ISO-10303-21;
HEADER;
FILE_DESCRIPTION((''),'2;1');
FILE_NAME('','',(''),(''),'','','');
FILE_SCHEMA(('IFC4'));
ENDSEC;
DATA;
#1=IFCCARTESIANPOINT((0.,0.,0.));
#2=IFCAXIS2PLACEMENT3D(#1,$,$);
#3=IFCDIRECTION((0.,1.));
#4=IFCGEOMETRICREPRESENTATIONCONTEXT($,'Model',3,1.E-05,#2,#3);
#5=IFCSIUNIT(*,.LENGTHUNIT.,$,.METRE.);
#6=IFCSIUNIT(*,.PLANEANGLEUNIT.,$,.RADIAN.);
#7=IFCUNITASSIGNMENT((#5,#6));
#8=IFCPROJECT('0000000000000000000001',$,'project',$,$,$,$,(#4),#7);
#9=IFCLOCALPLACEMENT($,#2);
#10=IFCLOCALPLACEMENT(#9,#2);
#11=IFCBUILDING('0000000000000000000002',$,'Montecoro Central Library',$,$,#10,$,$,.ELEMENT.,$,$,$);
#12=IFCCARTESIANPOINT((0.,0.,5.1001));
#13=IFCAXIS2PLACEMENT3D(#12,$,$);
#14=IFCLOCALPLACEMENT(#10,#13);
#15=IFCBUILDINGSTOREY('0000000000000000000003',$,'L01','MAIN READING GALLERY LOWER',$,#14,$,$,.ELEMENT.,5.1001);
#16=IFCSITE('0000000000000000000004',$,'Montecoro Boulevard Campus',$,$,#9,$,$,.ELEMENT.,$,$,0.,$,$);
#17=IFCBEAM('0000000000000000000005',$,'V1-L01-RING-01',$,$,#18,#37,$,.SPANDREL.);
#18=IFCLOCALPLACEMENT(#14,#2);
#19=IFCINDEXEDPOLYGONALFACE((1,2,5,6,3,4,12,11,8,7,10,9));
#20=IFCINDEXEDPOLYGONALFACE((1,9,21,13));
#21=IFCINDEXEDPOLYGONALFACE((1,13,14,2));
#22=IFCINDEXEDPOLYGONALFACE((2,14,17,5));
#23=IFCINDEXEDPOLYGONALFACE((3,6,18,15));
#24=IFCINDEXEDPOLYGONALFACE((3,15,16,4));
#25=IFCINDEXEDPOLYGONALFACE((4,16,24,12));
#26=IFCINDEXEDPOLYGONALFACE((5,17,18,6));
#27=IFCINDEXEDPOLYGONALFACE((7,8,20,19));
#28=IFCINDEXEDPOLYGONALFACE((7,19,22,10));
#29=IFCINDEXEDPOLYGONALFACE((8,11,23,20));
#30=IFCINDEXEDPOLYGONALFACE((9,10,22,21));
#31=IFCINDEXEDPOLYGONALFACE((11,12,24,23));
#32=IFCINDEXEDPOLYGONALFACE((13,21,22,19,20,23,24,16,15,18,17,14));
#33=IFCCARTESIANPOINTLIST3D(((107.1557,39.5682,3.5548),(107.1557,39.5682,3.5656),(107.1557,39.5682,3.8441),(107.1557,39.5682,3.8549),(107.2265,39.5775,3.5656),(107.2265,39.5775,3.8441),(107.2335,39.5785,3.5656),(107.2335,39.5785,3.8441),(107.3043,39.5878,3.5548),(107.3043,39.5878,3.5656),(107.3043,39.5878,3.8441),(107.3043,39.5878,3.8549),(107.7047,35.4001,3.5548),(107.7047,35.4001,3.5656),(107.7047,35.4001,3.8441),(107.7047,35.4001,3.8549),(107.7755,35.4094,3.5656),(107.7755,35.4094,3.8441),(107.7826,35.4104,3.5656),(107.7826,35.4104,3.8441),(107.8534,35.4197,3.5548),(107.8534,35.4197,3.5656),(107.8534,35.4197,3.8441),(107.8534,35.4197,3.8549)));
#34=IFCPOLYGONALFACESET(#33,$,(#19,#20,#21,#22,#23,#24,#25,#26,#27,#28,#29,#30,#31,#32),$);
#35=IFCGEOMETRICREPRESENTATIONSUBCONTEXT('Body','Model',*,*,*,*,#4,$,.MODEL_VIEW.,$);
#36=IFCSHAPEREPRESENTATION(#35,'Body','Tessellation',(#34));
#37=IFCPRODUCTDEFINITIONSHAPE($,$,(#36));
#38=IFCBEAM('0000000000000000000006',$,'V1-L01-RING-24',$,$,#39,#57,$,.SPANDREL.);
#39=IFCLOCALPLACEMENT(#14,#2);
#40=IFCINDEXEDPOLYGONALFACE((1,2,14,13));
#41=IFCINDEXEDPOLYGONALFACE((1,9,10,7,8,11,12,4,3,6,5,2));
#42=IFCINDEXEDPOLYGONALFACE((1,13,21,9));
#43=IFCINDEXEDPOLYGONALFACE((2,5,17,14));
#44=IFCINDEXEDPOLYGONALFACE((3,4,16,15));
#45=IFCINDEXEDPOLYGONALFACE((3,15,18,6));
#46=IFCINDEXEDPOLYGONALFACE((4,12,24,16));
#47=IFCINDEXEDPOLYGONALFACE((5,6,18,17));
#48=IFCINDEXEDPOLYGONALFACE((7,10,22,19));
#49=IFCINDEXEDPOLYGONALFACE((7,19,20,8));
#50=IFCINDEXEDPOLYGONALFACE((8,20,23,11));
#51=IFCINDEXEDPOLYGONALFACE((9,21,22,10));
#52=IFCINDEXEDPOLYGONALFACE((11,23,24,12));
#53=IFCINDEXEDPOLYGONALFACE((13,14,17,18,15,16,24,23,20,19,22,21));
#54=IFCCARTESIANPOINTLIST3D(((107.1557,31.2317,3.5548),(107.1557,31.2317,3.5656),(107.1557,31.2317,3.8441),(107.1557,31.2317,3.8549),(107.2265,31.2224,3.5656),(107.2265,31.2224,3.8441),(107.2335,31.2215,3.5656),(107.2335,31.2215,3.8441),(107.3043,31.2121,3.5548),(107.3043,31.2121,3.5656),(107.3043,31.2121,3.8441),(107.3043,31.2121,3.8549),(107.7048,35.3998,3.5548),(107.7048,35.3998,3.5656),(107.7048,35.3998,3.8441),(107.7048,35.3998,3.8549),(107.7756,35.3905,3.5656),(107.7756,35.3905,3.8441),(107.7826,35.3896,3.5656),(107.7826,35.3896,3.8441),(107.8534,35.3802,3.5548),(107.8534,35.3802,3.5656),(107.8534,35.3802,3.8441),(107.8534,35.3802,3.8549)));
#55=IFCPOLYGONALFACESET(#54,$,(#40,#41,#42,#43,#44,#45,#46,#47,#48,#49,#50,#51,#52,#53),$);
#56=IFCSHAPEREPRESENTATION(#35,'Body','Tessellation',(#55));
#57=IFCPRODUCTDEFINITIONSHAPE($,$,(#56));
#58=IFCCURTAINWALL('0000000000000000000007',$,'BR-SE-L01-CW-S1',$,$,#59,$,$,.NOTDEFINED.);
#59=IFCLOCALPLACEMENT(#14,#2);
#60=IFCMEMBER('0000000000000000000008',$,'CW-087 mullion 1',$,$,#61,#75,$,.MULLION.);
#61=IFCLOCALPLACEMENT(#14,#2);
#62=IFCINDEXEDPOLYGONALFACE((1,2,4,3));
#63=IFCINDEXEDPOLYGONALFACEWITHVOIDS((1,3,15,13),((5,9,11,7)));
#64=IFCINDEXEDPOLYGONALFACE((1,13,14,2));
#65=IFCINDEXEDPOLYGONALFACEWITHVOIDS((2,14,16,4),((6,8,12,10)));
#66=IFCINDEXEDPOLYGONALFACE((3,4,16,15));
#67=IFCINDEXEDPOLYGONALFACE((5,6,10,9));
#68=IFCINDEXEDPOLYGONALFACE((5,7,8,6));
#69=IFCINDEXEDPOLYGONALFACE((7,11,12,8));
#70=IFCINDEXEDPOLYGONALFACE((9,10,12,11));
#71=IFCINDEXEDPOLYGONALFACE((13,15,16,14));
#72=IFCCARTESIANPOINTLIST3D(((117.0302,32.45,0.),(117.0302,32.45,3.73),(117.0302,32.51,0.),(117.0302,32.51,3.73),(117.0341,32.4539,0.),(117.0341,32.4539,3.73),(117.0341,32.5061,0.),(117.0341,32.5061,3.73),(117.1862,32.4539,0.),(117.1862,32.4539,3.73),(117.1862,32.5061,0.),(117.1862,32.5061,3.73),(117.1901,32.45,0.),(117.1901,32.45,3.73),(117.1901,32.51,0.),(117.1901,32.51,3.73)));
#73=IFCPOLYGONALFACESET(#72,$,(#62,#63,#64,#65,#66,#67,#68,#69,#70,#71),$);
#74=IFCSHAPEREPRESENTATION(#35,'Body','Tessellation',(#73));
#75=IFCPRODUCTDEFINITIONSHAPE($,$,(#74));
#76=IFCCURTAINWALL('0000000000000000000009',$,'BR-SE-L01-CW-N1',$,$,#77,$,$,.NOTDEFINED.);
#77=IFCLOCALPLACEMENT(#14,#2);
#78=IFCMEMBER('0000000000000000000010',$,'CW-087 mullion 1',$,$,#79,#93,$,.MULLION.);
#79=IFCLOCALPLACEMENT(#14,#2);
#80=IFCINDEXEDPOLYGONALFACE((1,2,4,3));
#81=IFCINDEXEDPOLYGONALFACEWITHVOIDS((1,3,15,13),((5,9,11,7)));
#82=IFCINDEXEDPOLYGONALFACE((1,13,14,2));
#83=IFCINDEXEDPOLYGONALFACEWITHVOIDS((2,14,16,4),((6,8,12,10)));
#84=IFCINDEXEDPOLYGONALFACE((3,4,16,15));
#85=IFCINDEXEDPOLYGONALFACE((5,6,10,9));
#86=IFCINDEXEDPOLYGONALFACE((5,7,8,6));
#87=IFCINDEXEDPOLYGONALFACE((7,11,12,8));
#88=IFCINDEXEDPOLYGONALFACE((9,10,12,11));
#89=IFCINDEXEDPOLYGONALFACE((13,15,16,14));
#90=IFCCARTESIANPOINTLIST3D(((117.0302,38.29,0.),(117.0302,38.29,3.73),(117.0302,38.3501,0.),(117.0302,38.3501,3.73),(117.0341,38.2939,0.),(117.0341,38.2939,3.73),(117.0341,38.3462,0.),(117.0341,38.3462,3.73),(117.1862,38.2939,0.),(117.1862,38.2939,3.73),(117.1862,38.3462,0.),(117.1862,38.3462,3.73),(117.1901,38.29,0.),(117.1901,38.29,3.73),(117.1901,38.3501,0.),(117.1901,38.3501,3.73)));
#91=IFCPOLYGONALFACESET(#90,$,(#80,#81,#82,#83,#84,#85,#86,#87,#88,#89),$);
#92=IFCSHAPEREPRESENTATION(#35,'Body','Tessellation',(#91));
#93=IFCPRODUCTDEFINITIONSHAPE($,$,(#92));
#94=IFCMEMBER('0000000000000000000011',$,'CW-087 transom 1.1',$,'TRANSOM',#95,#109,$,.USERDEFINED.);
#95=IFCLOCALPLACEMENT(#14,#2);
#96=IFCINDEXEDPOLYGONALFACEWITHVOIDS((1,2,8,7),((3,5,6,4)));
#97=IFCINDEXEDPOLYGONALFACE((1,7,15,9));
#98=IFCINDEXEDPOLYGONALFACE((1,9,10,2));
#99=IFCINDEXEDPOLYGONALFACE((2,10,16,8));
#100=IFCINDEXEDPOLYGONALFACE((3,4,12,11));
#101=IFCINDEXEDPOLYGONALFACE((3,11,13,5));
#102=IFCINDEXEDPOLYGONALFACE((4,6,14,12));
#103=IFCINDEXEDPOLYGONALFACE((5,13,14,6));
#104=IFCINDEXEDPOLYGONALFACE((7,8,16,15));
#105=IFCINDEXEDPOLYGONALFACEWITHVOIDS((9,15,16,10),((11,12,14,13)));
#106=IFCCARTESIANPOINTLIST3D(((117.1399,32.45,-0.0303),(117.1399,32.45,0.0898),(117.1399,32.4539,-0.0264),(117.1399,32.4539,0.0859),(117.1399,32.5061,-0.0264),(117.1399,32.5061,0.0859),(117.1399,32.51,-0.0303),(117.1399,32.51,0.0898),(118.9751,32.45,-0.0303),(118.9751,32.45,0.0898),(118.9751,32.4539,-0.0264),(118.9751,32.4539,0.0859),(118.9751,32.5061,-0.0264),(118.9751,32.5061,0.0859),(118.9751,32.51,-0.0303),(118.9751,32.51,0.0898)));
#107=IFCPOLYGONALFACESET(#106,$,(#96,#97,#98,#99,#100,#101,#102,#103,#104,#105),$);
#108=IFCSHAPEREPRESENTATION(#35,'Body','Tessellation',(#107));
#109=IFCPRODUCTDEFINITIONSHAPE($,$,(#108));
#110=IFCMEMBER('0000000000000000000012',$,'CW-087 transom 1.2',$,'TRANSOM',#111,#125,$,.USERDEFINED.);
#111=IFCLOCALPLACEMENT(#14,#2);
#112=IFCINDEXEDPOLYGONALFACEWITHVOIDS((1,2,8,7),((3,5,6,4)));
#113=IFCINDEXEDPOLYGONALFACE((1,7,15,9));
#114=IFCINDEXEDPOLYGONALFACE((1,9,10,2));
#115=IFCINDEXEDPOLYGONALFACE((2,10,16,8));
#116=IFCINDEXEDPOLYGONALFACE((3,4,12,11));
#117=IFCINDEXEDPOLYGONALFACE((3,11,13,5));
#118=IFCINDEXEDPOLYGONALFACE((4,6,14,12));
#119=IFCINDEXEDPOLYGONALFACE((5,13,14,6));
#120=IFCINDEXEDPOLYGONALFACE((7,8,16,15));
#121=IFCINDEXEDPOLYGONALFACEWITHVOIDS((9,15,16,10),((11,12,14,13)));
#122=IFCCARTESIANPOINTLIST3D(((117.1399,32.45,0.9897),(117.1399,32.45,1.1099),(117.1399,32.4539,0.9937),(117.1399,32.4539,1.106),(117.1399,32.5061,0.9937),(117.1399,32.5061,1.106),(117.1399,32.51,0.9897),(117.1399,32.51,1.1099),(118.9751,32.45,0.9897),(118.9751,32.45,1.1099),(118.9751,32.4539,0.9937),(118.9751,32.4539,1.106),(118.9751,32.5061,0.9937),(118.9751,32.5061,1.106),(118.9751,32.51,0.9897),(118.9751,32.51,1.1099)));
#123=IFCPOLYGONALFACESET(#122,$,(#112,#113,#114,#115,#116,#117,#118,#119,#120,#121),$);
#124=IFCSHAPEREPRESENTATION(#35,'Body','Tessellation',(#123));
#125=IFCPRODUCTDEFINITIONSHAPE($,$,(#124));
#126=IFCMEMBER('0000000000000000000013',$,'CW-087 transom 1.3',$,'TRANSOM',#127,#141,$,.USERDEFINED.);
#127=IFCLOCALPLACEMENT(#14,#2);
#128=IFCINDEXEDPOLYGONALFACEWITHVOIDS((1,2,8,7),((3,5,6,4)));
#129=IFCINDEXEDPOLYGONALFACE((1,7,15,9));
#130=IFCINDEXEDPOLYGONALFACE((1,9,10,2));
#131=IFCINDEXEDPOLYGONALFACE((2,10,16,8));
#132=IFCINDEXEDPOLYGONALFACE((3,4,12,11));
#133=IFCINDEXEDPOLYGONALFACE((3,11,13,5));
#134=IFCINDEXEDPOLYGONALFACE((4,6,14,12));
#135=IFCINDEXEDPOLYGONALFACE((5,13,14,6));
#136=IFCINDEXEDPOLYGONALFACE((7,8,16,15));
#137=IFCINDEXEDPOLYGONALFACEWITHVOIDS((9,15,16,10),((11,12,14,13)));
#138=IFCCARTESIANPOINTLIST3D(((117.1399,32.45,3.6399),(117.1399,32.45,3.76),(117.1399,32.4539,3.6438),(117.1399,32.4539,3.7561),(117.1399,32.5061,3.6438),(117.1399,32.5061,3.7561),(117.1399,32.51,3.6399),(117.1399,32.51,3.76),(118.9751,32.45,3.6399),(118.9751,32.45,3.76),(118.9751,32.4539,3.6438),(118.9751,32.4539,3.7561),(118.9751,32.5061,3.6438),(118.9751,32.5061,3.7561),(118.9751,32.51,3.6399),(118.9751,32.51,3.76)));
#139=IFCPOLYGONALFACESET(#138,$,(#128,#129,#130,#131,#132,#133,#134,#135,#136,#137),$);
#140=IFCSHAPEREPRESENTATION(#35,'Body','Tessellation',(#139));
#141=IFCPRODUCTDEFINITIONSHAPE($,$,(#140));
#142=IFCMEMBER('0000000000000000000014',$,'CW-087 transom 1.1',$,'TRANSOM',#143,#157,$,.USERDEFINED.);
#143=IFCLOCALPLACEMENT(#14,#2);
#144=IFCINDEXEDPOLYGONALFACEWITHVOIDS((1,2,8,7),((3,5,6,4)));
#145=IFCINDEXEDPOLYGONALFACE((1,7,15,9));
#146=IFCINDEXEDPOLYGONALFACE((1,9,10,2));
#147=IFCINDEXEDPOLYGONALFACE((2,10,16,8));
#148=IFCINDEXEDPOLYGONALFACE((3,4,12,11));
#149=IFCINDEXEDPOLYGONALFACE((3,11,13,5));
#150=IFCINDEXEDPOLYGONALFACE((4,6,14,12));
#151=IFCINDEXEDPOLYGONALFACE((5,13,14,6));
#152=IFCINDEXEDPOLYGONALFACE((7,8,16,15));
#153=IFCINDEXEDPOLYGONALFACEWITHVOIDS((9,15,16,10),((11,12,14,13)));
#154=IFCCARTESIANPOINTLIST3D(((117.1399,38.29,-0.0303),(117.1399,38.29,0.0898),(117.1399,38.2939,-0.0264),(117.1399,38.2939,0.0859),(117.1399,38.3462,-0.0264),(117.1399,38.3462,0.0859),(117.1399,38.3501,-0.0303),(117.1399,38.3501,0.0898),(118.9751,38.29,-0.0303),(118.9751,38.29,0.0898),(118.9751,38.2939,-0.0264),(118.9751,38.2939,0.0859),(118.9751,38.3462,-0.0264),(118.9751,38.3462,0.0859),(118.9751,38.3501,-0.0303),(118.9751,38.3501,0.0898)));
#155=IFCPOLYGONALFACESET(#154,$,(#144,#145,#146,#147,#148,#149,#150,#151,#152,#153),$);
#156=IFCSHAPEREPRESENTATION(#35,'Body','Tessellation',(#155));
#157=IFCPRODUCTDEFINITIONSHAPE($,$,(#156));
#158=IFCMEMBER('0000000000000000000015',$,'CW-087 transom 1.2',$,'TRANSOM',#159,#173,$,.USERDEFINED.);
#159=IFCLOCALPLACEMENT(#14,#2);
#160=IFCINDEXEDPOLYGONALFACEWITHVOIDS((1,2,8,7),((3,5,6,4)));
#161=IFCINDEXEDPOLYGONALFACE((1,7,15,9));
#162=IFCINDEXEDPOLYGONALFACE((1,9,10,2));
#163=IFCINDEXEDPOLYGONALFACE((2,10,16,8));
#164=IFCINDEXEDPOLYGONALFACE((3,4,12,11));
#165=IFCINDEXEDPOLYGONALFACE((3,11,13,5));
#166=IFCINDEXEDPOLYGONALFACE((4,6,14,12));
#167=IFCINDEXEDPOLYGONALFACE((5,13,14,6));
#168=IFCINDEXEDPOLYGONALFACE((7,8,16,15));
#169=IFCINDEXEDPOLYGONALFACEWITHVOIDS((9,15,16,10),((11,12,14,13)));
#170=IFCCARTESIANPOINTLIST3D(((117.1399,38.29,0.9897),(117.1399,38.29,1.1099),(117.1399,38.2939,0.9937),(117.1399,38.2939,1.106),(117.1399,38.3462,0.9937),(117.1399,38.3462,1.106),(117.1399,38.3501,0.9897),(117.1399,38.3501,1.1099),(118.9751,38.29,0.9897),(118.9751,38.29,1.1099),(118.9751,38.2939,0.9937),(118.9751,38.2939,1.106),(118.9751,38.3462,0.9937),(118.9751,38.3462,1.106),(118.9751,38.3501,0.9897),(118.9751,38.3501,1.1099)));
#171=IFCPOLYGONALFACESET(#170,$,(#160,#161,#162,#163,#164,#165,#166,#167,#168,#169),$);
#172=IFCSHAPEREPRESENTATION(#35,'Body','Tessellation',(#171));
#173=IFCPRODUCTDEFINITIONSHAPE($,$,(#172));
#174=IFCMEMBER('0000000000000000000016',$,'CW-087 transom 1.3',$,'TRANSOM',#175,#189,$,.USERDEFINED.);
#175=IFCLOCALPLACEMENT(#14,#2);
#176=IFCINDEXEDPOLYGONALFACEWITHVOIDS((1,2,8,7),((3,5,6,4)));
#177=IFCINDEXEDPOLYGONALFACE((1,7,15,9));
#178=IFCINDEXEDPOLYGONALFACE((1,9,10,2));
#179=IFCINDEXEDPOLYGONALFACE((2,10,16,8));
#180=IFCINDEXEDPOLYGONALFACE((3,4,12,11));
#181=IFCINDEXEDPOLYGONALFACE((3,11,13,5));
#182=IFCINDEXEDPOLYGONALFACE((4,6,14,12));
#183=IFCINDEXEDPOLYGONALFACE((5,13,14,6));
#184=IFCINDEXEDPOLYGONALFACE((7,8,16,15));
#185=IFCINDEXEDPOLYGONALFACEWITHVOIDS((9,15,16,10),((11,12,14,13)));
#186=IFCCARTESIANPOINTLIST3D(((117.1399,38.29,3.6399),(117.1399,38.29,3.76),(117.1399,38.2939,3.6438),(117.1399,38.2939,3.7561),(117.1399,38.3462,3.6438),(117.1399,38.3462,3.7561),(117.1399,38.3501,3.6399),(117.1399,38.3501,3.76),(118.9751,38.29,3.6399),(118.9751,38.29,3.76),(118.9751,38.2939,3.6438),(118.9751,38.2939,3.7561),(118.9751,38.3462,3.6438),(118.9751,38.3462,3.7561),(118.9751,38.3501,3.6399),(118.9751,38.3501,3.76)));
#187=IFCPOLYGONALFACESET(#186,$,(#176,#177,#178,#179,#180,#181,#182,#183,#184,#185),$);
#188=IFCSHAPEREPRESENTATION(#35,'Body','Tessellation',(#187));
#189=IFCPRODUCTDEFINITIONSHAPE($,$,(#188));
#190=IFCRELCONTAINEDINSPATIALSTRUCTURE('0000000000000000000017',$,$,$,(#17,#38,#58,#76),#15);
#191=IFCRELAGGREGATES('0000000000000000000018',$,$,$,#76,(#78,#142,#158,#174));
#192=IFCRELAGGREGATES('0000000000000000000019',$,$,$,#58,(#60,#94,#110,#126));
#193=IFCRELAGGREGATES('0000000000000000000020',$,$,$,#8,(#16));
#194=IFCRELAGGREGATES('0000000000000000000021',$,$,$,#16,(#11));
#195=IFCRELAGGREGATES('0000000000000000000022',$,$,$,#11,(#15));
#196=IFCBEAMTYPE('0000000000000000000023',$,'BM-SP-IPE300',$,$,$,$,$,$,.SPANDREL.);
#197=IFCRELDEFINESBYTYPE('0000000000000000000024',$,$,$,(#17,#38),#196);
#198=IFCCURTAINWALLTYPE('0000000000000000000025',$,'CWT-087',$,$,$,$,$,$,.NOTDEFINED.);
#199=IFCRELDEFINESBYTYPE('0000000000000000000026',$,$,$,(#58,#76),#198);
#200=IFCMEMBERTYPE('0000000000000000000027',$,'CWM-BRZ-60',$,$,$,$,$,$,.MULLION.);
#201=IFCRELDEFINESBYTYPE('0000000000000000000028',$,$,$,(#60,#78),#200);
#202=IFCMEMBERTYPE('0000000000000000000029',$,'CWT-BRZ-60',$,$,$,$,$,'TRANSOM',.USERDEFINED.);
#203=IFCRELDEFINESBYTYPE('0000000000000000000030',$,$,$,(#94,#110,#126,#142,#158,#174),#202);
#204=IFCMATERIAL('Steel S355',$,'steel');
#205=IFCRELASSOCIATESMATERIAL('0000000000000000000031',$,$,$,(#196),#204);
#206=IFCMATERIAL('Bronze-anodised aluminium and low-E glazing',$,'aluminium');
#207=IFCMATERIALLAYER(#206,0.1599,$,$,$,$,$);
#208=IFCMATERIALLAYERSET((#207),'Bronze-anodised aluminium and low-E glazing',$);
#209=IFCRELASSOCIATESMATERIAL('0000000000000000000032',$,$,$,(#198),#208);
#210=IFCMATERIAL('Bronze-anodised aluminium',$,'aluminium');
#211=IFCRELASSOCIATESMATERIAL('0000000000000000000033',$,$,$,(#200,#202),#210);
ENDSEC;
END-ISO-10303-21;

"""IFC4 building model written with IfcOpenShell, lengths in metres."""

from ifc_helpers import new_model, si_unit, direction, frame, origin, origin_2d, place, context, subcontext, project, spatial, hollow_rectangle, i_section, extrude, material, layer, layer_set, material_profile, profile_set, type_object, element, aggregate, save


model = new_model("IFC4")

# Units and contexts
model_context = context("Model", 3, precision=1e-05, world=origin(), true_north=direction((0.0, 1.0)))
body_context = subcontext(model_context, "Body", "Model", "MODEL_VIEW")
ifc_project = project(units=[si_unit("LENGTHUNIT", "METRE"), si_unit("PLANEANGLEUNIT", "RADIAN")], contexts=[model_context])

# Site, building, storey
site_placement = place(None, origin())
site = spatial("IfcSite", under=ifc_project, at=site_placement, Name="Montecoro Boulevard Campus", CompositionType="ELEMENT", RefElevation=0.0)
building_placement = place(site_placement, origin())
building = spatial("IfcBuilding", under=site, at=building_placement, Name="Montecoro Central Library", CompositionType="ELEMENT")
storey_placement = place(building_placement, frame((0.0, 0.0, 5.1001)))
storey = spatial("IfcBuildingStorey", under=building, at=storey_placement, Name="L01", Description="MAIN READING GALLERY LOWER", CompositionType="ELEMENT", Elevation=5.1001)

# Shared definitions
ifc_material_1 = material(Name="Steel S355", Category="steel")

# Beams
ifc_material_profile_1 = material_profile(ifc_material_1, i_section(OverallWidth=0.1499, OverallDepth=0.3, WebThickness=0.0071, FlangeThickness=0.0107, at=origin_2d()), Name="IPE 300")
ifc_profile_set_1 = profile_set([ifc_material_profile_1], Name="Steel S355")
beam_type_1 = type_object("IfcBeamType", Name="BM-SP-IPE300", PredefinedType="SPANDREL", material=ifc_profile_set_1)
for number, where, z_axis, x_axis, name in (
    (1, (107.7791, 35.4099, 3.7048), (-0.130608, 0.991434, 0.0), (-0.991434, -0.130608, 0.0), "V1-L01-RING-01"),
    (2, (107.23, 31.2219, 3.7048), (0.130608, 0.991434, 0.0), (-0.991434, 0.130608, 0.0), "V1-L01-RING-24"),
):
    element("IfcBeam", number, at=place(storey_placement, frame(where, z_axis=z_axis, x_axis=x_axis)), inside=storey, type_object=beam_type_1, Name=name, PredefinedType="SPANDREL", context=body_context, shape_type="SweptSolid", body=[
        extrude(i_section(OverallWidth=0.1499, OverallDepth=0.3, WebThickness=0.0071, FlangeThickness=0.0107, at=origin_2d()), origin(), (0.0, 0.0, 1.0), 4.2041),
    ])

# Curtain walls, members
ifc_material_2 = material(Name="Bronze-anodised aluminium and low-E glazing", Category="aluminium")
ifc_layer_1 = layer(ifc_material_2, 0.1599)
ifc_layer_set_1 = layer_set([ifc_layer_1], Name="Bronze-anodised aluminium and low-E glazing")
curtain_wall_type = type_object("IfcCurtainWallType", Name="CWT-087", PredefinedType="NOTDEFINED", material=ifc_layer_set_1)
curtain_wall_1_placement = place(storey_placement, origin())
curtain_wall_1 = element("IfcCurtainWall", 3, at=curtain_wall_1_placement, inside=storey, type_object=curtain_wall_type, Name="BR-SE-L01-CW-S1", PredefinedType="NOTDEFINED")
ifc_material_3 = material(Name="Bronze-anodised aluminium", Category="aluminium")
ifc_material_profile_2 = material_profile(ifc_material_3, hollow_rectangle(XDim=0.0601, YDim=0.1599, WallThickness=0.0039, at=origin_2d()), Name="CWM 160x60x4.0")
ifc_profile_set_2 = profile_set([ifc_material_profile_2], Name="Bronze-anodised aluminium")
member_type_1 = type_object("IfcMemberType", Name="CWM-BRZ-60", PredefinedType="MULLION", material=ifc_profile_set_2)
member_1_placement = place(storey_placement, frame((117.1101, 32.48, 0.0), z_axis=(0.0, 0.0, 1.0), x_axis=(0.0, 1.0, 0.0)))
member_1 = element("IfcMember", 4, at=member_1_placement, type_object=member_type_1, Name="CW-087 mullion 1", PredefinedType="MULLION", context=body_context, shape_type="SweptSolid", body=[
    extrude(hollow_rectangle(XDim=0.0601, YDim=0.1599, WallThickness=0.0039, at=origin_2d()), origin(), (0.0, 0.0, 1.0), 3.73),
])
curtain_wall_2_placement = place(storey_placement, origin())
curtain_wall_2 = element("IfcCurtainWall", 5, at=curtain_wall_2_placement, inside=storey, type_object=curtain_wall_type, Name="BR-SE-L01-CW-N1", PredefinedType="NOTDEFINED")
member_2_placement = place(storey_placement, frame((117.1101, 38.3201, 0.0), z_axis=(0.0, 0.0, 1.0), x_axis=(0.0, 1.0, 0.0)))
member_2 = element("IfcMember", 6, at=member_2_placement, type_object=member_type_1, Name="CW-087 mullion 1", PredefinedType="MULLION", context=body_context, shape_type="SweptSolid", body=[
    extrude(hollow_rectangle(XDim=0.0601, YDim=0.1599, WallThickness=0.0039, at=origin_2d()), origin(), (0.0, 0.0, 1.0), 3.73),
])

# Members
ifc_material_profile_3 = material_profile(ifc_material_3, hollow_rectangle(XDim=0.0601, YDim=0.1201, WallThickness=0.0039, at=origin_2d()), Name="CWT 120x60x4.0")
ifc_profile_set_3 = profile_set([ifc_material_profile_3], Name="Bronze-anodised aluminium")
member_type_2 = type_object("IfcMemberType", Name="CWT-BRZ-60", ElementType="TRANSOM", PredefinedType="USERDEFINED", material=ifc_profile_set_3)
member_3_placement = place(storey_placement, frame((117.1399, 32.48, 0.0298), z_axis=(1.0, 0.0, 0.0), x_axis=(0.0, 1.0, 0.0)))
member_3 = element("IfcMember", 7, at=member_3_placement, type_object=member_type_2, Name="CW-087 transom 1.1", ObjectType="TRANSOM", PredefinedType="USERDEFINED", context=body_context, shape_type="SweptSolid", body=[
    extrude(hollow_rectangle(XDim=0.0601, YDim=0.1201, WallThickness=0.0039, at=origin_2d()), origin(), (0.0, 0.0, 1.0), 1.8352),
])
member_4_placement = place(storey_placement, frame((117.1399, 32.48, 1.0498), z_axis=(1.0, 0.0, 0.0), x_axis=(0.0, 1.0, 0.0)))
member_4 = element("IfcMember", 8, at=member_4_placement, type_object=member_type_2, Name="CW-087 transom 1.2", ObjectType="TRANSOM", PredefinedType="USERDEFINED", context=body_context, shape_type="SweptSolid", body=[
    extrude(hollow_rectangle(XDim=0.0601, YDim=0.1201, WallThickness=0.0039, at=origin_2d()), origin(), (0.0, 0.0, 1.0), 1.8352),
])
member_5_placement = place(storey_placement, frame((117.1399, 32.48, 3.7), z_axis=(1.0, 0.0, 0.0), x_axis=(0.0, 1.0, 0.0)))
member_5 = element("IfcMember", 9, at=member_5_placement, type_object=member_type_2, Name="CW-087 transom 1.3", ObjectType="TRANSOM", PredefinedType="USERDEFINED", context=body_context, shape_type="SweptSolid", body=[
    extrude(hollow_rectangle(XDim=0.0601, YDim=0.1201, WallThickness=0.0039, at=origin_2d()), origin(), (0.0, 0.0, 1.0), 1.8352),
])
member_6_placement = place(storey_placement, frame((117.1399, 38.3201, 0.0298), z_axis=(1.0, 0.0, 0.0), x_axis=(0.0, 1.0, 0.0)))
member_6 = element("IfcMember", 10, at=member_6_placement, type_object=member_type_2, Name="CW-087 transom 1.1", ObjectType="TRANSOM", PredefinedType="USERDEFINED", context=body_context, shape_type="SweptSolid", body=[
    extrude(hollow_rectangle(XDim=0.0601, YDim=0.1201, WallThickness=0.0039, at=origin_2d()), origin(), (0.0, 0.0, 1.0), 1.8352),
])
member_7_placement = place(storey_placement, frame((117.1399, 38.3201, 1.0498), z_axis=(1.0, 0.0, 0.0), x_axis=(0.0, 1.0, 0.0)))
member_7 = element("IfcMember", 11, at=member_7_placement, type_object=member_type_2, Name="CW-087 transom 1.2", ObjectType="TRANSOM", PredefinedType="USERDEFINED", context=body_context, shape_type="SweptSolid", body=[
    extrude(hollow_rectangle(XDim=0.0601, YDim=0.1201, WallThickness=0.0039, at=origin_2d()), origin(), (0.0, 0.0, 1.0), 1.8352),
])
member_8_placement = place(storey_placement, frame((117.1399, 38.3201, 3.7), z_axis=(1.0, 0.0, 0.0), x_axis=(0.0, 1.0, 0.0)))
member_8 = element("IfcMember", 12, at=member_8_placement, type_object=member_type_2, Name="CW-087 transom 1.3", ObjectType="TRANSOM", PredefinedType="USERDEFINED", context=body_context, shape_type="SweptSolid", body=[
    extrude(hollow_rectangle(XDim=0.0601, YDim=0.1201, WallThickness=0.0039, at=origin_2d()), origin(), (0.0, 0.0, 1.0), 1.8352),
])
aggregate(curtain_wall_2, [member_2, member_6, member_7, member_8])

aggregate(curtain_wall_1, [member_1, member_3, member_4, member_5])

save(model, "model.ifc")
